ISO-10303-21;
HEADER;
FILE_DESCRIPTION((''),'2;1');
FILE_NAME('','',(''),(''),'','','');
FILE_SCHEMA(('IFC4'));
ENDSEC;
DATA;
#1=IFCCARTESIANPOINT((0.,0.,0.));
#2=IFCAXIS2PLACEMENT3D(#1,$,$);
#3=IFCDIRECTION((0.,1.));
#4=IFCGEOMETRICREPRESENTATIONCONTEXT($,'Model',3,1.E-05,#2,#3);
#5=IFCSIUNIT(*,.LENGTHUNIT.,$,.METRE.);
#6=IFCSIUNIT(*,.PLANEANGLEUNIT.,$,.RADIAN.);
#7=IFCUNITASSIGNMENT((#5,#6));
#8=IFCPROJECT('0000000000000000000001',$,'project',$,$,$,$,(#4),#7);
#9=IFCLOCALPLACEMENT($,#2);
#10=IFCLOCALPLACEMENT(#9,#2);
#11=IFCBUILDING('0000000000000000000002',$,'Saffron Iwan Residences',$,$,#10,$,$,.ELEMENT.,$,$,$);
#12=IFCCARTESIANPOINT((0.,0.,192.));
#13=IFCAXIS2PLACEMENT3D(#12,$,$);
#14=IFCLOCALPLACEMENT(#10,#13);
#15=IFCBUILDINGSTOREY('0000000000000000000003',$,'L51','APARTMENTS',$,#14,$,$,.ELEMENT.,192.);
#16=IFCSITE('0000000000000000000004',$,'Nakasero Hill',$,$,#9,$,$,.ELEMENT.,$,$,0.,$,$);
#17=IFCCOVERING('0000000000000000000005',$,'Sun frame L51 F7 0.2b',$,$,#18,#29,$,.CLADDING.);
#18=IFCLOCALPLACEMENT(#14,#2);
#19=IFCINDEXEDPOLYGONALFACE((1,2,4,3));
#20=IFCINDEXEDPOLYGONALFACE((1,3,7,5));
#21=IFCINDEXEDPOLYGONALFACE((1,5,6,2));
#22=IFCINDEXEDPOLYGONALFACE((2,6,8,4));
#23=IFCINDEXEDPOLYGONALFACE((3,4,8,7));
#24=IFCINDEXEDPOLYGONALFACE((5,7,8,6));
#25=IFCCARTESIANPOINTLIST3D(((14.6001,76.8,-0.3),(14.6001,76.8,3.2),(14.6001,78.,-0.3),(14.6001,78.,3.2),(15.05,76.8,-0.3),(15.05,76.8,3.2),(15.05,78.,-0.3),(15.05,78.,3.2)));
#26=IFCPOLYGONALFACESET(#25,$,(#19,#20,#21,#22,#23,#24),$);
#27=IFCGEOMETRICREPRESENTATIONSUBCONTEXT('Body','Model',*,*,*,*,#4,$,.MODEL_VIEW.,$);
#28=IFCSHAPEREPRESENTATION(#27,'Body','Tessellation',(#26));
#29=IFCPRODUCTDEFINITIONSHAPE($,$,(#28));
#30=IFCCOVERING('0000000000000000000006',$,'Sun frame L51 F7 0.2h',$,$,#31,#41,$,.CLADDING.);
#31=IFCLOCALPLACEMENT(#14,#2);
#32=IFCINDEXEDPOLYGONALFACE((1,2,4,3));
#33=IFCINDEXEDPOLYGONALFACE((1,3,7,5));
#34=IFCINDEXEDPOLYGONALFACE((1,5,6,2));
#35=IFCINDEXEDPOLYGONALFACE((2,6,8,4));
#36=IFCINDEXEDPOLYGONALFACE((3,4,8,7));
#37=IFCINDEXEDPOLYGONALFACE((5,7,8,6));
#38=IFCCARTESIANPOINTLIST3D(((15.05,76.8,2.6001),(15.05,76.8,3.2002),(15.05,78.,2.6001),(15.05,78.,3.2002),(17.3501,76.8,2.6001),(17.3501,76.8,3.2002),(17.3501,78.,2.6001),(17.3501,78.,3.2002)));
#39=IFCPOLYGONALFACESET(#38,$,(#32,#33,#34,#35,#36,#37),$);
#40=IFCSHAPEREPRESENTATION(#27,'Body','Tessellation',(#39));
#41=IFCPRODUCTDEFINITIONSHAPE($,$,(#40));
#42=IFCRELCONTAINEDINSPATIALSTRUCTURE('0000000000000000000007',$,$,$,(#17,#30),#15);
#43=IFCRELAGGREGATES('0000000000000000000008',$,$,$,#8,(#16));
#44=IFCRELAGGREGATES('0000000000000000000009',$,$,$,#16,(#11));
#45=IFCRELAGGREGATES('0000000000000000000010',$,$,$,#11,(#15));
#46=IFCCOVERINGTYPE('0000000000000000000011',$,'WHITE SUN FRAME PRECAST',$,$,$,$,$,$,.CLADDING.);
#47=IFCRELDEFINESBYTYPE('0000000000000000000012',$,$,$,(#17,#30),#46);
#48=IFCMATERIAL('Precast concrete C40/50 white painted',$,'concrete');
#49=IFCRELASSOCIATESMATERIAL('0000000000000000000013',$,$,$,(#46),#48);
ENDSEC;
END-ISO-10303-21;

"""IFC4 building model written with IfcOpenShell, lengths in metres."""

from ifc_helpers import new_model, si_unit, direction, frame, origin, place, context, subcontext, project, spatial, polyline, outline, extrude, material, type_object, element, save


model = new_model("IFC4")

# Units and contexts
model_context = context("Model", 3, precision=1e-05, world=origin(), true_north=direction((0.0, 1.0)))
body_context = subcontext(model_context, "Body", "Model", "MODEL_VIEW")
ifc_project = project(units=[si_unit("LENGTHUNIT", "METRE"), si_unit("PLANEANGLEUNIT", "RADIAN")], contexts=[model_context])

# Site, building, storey
site_placement = place(None, origin())
site = spatial("IfcSite", under=ifc_project, at=site_placement, Name="Nakasero Hill", CompositionType="ELEMENT", RefElevation=0.0)
building_placement = place(site_placement, origin())
building = spatial("IfcBuilding", under=site, at=building_placement, Name="Saffron Iwan Residences", CompositionType="ELEMENT")
storey_placement = place(building_placement, frame((0.0, 0.0, 192.0)))
storey = spatial("IfcBuildingStorey", under=building, at=storey_placement, Name="L51", Description="APARTMENTS", CompositionType="ELEMENT", Elevation=192.0)

# Coverings
ifc_material_1 = material(Name="Precast concrete C40/50 white painted", Category="concrete")
covering_type_1 = type_object("IfcCoveringType", Name="WHITE SUN FRAME PRECAST", PredefinedType="CLADDING", material=ifc_material_1)
covering_1_placement = place(storey_placement, frame((15.05, 76.8, -0.3), z_axis=(0.0, 1.0, 0.0), x_axis=(-1.0, 0.0, 0.0)))
element("IfcCovering", 1, at=covering_1_placement, inside=storey, type_object=covering_type_1, Name="Sun frame L51 F7 0.2b", PredefinedType="CLADDING", context=body_context, shape_type="SweptSolid", body=[
    extrude(outline(polyline([(0.0, 0.0), (0.45, 0.0), (0.45, 3.5), (0.0, 3.5), (0.0, 0.0)])), origin(), (0.0, 0.0, 1.0), 1.2),
])
covering_2_placement = place(storey_placement, frame((17.3501, 76.8, 2.6001), z_axis=(0.0, 1.0, 0.0), x_axis=(-1.0, 0.0, 0.0)))
element("IfcCovering", 2, at=covering_2_placement, inside=storey, type_object=covering_type_1, Name="Sun frame L51 F7 0.2h", PredefinedType="CLADDING", context=body_context, shape_type="SweptSolid", body=[
    extrude(outline(polyline([(0.0, 0.0), (2.3, 0.0), (2.3, 0.6001), (0.0, 0.6001), (0.0, 0.0)])), origin(), (0.0, 0.0, 1.0), 1.2),
])

save(model, "model.ifc")
